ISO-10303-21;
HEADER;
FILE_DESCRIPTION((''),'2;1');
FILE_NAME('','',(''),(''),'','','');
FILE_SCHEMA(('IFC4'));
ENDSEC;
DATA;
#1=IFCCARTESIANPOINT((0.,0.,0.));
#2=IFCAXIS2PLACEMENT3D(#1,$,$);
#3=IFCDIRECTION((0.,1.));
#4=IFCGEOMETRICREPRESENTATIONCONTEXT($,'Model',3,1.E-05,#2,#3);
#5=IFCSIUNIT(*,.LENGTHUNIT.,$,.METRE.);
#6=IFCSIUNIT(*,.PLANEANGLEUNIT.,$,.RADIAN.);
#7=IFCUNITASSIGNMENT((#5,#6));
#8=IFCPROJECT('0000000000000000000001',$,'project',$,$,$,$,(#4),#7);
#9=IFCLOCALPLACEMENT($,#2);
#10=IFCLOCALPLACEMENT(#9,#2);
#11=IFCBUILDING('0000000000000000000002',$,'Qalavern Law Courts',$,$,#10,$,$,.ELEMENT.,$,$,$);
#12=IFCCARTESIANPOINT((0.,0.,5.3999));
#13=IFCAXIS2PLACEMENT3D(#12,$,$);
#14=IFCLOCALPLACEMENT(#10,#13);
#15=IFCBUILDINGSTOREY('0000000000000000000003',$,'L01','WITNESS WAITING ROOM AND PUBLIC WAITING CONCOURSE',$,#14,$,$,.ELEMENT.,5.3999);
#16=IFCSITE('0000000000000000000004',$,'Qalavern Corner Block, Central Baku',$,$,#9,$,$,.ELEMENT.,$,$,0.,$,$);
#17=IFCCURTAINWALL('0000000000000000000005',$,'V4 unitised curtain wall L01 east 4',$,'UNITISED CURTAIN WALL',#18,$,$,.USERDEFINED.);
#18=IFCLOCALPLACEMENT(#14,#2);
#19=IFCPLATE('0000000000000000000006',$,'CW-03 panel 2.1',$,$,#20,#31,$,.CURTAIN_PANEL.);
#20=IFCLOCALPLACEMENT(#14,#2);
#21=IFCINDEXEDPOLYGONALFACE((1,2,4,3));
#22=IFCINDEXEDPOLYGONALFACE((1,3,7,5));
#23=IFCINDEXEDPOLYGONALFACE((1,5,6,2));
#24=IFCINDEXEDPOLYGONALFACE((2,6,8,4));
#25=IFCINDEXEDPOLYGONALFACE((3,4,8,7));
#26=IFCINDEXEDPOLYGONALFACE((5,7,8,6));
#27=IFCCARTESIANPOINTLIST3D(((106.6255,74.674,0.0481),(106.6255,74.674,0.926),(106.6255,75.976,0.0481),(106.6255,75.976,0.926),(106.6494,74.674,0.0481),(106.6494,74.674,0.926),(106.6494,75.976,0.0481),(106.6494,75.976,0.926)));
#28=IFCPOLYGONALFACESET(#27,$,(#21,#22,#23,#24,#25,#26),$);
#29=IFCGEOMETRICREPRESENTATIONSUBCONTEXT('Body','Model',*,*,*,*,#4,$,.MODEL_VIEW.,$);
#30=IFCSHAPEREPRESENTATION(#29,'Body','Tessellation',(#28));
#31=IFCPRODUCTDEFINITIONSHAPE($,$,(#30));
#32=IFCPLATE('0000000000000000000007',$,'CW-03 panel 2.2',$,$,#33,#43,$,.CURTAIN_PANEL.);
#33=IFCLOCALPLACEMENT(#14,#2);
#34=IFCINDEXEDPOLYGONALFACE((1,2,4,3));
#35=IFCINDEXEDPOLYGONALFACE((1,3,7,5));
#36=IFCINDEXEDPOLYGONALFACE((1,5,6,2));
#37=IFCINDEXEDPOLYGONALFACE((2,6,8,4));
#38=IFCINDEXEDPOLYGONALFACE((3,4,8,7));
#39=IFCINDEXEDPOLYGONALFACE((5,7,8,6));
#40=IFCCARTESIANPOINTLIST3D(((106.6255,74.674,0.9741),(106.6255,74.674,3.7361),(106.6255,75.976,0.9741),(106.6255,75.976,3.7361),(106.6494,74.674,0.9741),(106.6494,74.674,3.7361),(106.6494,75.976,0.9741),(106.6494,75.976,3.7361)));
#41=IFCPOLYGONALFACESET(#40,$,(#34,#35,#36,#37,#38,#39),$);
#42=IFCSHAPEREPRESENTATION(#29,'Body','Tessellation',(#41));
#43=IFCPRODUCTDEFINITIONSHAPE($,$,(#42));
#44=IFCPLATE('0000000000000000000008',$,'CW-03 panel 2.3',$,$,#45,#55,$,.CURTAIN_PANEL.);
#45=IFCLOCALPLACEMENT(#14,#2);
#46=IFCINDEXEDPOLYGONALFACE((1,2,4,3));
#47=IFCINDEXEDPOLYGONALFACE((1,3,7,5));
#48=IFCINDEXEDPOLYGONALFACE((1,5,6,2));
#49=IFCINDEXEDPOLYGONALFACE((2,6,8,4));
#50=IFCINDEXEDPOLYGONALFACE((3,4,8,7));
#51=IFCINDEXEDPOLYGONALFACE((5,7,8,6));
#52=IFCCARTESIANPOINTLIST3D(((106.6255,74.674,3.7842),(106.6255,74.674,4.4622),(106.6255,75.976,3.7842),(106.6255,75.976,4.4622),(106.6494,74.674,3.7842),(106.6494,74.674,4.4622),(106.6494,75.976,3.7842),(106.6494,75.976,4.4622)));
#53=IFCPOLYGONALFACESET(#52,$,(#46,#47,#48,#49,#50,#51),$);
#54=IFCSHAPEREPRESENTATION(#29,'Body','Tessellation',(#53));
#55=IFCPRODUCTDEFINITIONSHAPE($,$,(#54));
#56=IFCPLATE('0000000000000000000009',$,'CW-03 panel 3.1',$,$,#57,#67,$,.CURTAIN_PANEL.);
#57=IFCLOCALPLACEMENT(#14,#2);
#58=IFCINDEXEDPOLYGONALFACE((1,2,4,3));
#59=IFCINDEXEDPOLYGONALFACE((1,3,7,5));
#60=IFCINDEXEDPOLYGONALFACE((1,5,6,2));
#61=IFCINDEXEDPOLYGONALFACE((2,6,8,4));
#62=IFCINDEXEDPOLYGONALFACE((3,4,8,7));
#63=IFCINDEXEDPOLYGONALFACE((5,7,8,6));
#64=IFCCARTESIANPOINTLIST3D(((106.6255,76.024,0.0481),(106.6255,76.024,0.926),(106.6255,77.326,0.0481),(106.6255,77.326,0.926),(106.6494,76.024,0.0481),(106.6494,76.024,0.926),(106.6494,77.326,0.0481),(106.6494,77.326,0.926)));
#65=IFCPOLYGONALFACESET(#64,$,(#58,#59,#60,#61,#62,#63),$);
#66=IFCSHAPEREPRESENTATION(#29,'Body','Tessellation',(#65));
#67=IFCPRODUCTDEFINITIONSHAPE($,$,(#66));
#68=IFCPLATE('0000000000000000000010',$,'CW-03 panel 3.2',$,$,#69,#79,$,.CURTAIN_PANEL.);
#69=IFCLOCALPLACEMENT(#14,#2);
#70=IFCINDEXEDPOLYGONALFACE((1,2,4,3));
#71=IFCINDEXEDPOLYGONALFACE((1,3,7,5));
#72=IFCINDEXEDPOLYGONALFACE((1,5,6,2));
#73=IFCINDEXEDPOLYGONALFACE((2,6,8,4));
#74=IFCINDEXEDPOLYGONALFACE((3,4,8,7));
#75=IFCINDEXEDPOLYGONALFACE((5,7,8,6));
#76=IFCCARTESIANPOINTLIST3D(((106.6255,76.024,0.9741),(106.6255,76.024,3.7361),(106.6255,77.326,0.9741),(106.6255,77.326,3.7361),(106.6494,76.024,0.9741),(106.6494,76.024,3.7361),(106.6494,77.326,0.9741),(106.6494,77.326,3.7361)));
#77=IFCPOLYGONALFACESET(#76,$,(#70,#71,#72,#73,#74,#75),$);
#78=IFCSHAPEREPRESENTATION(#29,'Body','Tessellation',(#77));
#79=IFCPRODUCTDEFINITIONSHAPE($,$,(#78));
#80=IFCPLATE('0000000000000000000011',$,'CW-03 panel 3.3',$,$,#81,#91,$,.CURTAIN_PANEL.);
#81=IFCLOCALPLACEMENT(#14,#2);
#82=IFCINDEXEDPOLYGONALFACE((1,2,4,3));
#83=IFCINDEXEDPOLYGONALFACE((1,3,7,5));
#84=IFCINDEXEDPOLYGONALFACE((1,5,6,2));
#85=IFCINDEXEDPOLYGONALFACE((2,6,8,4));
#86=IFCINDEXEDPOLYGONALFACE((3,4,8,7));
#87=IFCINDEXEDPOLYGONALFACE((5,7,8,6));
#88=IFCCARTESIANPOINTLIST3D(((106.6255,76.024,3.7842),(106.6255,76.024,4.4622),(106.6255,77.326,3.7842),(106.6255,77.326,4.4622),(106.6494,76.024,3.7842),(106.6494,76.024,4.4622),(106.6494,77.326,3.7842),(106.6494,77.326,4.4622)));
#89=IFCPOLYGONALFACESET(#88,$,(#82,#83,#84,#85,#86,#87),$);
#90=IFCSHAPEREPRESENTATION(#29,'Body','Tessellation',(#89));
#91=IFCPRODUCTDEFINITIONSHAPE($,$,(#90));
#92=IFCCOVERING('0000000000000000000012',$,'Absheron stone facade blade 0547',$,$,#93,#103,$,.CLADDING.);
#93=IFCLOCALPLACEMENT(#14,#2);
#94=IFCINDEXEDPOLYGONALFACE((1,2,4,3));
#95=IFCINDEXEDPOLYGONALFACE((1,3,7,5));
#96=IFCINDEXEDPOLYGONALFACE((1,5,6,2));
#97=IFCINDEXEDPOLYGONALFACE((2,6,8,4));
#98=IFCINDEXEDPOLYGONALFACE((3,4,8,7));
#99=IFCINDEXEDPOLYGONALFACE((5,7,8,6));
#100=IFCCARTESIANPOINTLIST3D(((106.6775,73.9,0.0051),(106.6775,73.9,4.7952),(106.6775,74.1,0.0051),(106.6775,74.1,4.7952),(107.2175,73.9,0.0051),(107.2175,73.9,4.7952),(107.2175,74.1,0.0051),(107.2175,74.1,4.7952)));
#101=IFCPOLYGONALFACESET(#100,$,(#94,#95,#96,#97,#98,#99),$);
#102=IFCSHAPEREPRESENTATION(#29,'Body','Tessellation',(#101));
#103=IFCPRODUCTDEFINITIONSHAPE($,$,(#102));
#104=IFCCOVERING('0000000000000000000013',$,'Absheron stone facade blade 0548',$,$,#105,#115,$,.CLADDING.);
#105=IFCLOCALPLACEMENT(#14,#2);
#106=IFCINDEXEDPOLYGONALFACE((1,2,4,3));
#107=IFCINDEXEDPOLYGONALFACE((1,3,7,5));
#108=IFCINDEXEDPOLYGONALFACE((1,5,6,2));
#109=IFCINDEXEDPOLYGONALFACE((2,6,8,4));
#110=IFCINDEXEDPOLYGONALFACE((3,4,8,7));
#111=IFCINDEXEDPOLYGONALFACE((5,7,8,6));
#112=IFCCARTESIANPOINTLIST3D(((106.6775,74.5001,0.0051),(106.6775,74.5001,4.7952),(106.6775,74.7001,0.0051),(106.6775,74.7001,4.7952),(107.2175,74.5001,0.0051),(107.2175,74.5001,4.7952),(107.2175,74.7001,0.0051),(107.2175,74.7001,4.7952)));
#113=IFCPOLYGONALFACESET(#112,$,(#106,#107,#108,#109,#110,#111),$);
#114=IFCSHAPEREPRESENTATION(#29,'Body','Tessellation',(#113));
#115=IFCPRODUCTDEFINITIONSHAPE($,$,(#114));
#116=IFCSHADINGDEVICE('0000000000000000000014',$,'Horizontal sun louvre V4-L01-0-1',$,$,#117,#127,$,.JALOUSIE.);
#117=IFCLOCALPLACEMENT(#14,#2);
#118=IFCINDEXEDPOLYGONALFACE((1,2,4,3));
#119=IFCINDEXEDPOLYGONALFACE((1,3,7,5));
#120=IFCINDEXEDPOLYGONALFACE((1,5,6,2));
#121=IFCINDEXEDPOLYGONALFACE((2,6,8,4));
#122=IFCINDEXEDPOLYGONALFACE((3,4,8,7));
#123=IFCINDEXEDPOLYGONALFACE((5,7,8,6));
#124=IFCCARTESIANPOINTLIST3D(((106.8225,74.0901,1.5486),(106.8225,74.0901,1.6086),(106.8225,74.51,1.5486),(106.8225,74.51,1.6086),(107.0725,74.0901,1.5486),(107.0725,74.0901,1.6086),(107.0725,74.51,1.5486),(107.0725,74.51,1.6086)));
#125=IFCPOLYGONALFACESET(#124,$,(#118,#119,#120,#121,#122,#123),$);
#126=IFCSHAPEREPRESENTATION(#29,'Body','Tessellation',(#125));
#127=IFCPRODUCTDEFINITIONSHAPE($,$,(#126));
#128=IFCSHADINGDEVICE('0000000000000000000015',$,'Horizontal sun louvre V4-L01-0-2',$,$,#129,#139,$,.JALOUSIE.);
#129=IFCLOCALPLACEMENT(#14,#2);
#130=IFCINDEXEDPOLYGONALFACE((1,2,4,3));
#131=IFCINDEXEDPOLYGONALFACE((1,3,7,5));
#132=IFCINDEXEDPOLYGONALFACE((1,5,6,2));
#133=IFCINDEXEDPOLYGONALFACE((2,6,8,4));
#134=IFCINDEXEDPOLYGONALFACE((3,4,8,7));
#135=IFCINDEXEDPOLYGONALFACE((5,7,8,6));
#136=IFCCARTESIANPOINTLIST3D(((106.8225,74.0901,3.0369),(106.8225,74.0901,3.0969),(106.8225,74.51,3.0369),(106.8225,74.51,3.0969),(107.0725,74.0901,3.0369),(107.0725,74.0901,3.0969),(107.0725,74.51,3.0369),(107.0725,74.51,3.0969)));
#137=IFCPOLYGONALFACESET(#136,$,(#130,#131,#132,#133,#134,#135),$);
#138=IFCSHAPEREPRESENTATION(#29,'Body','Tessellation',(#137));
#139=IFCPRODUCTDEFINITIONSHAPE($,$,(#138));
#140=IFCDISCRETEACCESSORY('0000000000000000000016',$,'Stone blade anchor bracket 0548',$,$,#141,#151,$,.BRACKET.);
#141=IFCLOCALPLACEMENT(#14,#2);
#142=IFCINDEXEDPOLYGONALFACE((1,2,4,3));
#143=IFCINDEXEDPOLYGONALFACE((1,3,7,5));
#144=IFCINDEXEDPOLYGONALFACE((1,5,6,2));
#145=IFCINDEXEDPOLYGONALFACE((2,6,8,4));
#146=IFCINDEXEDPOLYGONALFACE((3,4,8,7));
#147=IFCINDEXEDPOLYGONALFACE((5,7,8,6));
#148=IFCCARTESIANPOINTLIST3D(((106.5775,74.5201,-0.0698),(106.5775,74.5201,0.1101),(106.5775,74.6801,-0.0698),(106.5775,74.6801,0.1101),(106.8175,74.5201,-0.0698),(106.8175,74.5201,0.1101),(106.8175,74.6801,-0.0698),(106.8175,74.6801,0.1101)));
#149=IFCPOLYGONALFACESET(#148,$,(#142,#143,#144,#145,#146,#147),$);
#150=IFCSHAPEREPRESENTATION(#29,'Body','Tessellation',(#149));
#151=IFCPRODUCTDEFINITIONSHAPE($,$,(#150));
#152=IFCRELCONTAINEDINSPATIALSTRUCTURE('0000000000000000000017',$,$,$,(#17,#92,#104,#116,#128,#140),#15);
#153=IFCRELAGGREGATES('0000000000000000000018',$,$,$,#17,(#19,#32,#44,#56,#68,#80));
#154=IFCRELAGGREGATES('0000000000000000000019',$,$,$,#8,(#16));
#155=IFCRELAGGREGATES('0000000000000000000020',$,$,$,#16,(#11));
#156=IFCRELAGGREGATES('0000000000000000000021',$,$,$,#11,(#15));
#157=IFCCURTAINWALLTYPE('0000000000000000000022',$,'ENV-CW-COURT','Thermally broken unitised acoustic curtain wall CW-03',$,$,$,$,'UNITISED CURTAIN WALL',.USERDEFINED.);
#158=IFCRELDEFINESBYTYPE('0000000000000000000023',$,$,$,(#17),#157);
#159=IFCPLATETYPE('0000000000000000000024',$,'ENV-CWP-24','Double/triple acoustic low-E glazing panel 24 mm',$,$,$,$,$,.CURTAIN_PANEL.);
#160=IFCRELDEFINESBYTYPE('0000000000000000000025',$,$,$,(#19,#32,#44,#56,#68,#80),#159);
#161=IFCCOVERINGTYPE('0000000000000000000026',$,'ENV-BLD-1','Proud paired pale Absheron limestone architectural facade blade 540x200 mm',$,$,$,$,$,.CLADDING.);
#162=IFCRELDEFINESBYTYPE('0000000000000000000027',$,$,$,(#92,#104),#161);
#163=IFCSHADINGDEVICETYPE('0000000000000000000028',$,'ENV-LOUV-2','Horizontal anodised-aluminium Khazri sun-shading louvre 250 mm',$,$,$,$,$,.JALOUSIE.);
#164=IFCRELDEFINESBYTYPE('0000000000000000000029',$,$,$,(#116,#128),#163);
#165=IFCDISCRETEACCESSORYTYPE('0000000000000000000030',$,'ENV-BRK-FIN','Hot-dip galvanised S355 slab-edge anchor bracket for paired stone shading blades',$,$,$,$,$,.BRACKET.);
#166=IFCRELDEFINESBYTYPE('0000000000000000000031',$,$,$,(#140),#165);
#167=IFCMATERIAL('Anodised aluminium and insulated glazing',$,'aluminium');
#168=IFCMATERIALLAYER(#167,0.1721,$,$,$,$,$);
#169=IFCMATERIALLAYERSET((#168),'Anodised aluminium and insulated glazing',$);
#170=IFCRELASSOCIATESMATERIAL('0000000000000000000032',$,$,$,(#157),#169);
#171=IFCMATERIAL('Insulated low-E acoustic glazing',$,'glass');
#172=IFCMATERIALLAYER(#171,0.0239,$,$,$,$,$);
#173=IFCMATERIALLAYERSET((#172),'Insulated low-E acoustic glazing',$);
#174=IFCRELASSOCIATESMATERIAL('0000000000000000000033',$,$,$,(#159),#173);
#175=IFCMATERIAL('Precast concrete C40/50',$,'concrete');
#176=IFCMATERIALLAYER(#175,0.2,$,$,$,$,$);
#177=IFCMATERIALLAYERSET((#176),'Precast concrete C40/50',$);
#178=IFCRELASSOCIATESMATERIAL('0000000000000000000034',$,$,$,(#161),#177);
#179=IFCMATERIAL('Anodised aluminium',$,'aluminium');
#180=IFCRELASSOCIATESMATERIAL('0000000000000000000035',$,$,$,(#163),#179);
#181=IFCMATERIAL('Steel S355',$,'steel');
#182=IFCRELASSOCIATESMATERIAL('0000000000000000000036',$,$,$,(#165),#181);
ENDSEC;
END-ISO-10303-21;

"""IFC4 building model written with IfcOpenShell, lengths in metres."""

from ifc_helpers import new_model, si_unit, direction, frame, origin, origin_2d, place, context, subcontext, project, spatial, rectangle, extrude, material, layer, layer_set, type_object, element, aggregate, save


model = new_model("IFC4")

# Units and contexts
model_context = context("Model", 3, precision=1e-05, world=origin(), true_north=direction((0.0, 1.0)))
body_context = subcontext(model_context, "Body", "Model", "MODEL_VIEW")
ifc_project = project(units=[si_unit("LENGTHUNIT", "METRE"), si_unit("PLANEANGLEUNIT", "RADIAN")], contexts=[model_context])

# Site, building, storey
site_placement = place(None, origin())
site = spatial("IfcSite", under=ifc_project, at=site_placement, Name="Qalavern Corner Block, Central Baku", CompositionType="ELEMENT", RefElevation=0.0)
building_placement = place(site_placement, origin())
building = spatial("IfcBuilding", under=site, at=building_placement, Name="Qalavern Law Courts", CompositionType="ELEMENT")
storey_placement = place(building_placement, frame((0.0, 0.0, 5.3999)))
storey = spatial("IfcBuildingStorey", under=building, at=storey_placement, Name="L01", Description="WITNESS WAITING ROOM AND PUBLIC WAITING CONCOURSE", CompositionType="ELEMENT", Elevation=5.3999)

# Curtain wall, plates
ifc_material_1 = material(Name="Anodised aluminium and insulated glazing", Category="aluminium")
ifc_layer_1 = layer(ifc_material_1, 0.1721)
ifc_layer_set_1 = layer_set([ifc_layer_1], Name="Anodised aluminium and insulated glazing")
curtain_wall_type = type_object("IfcCurtainWallType", Name="ENV-CW-COURT", Description="Thermally broken unitised acoustic curtain wall CW-03", ElementType="UNITISED CURTAIN WALL", PredefinedType="USERDEFINED", material=ifc_layer_set_1)
curtain_wall_placement = place(storey_placement, origin())
curtain_wall = element("IfcCurtainWall", 1, at=curtain_wall_placement, inside=storey, type_object=curtain_wall_type, Name="V4 unitised curtain wall L01 east 4", ObjectType="UNITISED CURTAIN WALL", PredefinedType="USERDEFINED")
ifc_material_2 = material(Name="Anodised aluminium", Category="aluminium")
ifc_material_3 = material(Name="Insulated low-E acoustic glazing", Category="glass")
ifc_layer_2 = layer(ifc_material_3, 0.0239)
ifc_layer_set_2 = layer_set([ifc_layer_2], Name="Insulated low-E acoustic glazing")
plate_type = type_object("IfcPlateType", Name="ENV-CWP-24", Description="Double/triple acoustic low-E glazing panel 24 mm", PredefinedType="CURTAIN_PANEL", material=ifc_layer_set_2)
plate_1_placement = place(storey_placement, frame((106.6375, 75.325, 0.0481), z_axis=(0.0, 0.0, 1.0), x_axis=(0.0, 1.0, 0.0)))
plate_1 = element("IfcPlate", 2, at=plate_1_placement, type_object=plate_type, Name="CW-03 panel 2.1", PredefinedType="CURTAIN_PANEL", context=body_context, shape_type="SweptSolid", body=[
    extrude(rectangle(XDim=1.302, YDim=0.0239, at=origin_2d()), origin(), (0.0, 0.0, 1.0), 0.8779),
])
plate_2_placement = place(storey_placement, frame((106.6375, 75.325, 0.9741), z_axis=(0.0, 0.0, 1.0), x_axis=(0.0, 1.0, 0.0)))
plate_2 = element("IfcPlate", 3, at=plate_2_placement, type_object=plate_type, Name="CW-03 panel 2.2", PredefinedType="CURTAIN_PANEL", context=body_context, shape_type="SweptSolid", body=[
    extrude(rectangle(XDim=1.302, YDim=0.0239, at=origin_2d()), origin(), (0.0, 0.0, 1.0), 2.762),
])
plate_3_placement = place(storey_placement, frame((106.6375, 75.325, 3.7842), z_axis=(0.0, 0.0, 1.0), x_axis=(0.0, 1.0, 0.0)))
plate_3 = element("IfcPlate", 4, at=plate_3_placement, type_object=plate_type, Name="CW-03 panel 2.3", PredefinedType="CURTAIN_PANEL", context=body_context, shape_type="SweptSolid", body=[
    extrude(rectangle(XDim=1.302, YDim=0.0239, at=origin_2d()), origin(), (0.0, 0.0, 1.0), 0.678),
])
plate_4_placement = place(storey_placement, frame((106.6375, 76.675, 0.0481), z_axis=(0.0, 0.0, 1.0), x_axis=(0.0, 1.0, 0.0)))
plate_4 = element("IfcPlate", 5, at=plate_4_placement, type_object=plate_type, Name="CW-03 panel 3.1", PredefinedType="CURTAIN_PANEL", context=body_context, shape_type="SweptSolid", body=[
    extrude(rectangle(XDim=1.302, YDim=0.0239, at=origin_2d()), origin(), (0.0, 0.0, 1.0), 0.8779),
])
plate_5_placement = place(storey_placement, frame((106.6375, 76.675, 0.9741), z_axis=(0.0, 0.0, 1.0), x_axis=(0.0, 1.0, 0.0)))
plate_5 = element("IfcPlate", 6, at=plate_5_placement, type_object=plate_type, Name="CW-03 panel 3.2", PredefinedType="CURTAIN_PANEL", context=body_context, shape_type="SweptSolid", body=[
    extrude(rectangle(XDim=1.302, YDim=0.0239, at=origin_2d()), origin(), (0.0, 0.0, 1.0), 2.762),
])
plate_6_placement = place(storey_placement, frame((106.6375, 76.675, 3.7842), z_axis=(0.0, 0.0, 1.0), x_axis=(0.0, 1.0, 0.0)))
plate_6 = element("IfcPlate", 7, at=plate_6_placement, type_object=plate_type, Name="CW-03 panel 3.3", PredefinedType="CURTAIN_PANEL", context=body_context, shape_type="SweptSolid", body=[
    extrude(rectangle(XDim=1.302, YDim=0.0239, at=origin_2d()), origin(), (0.0, 0.0, 1.0), 0.678),
])
aggregate(curtain_wall, [plate_1, plate_2, plate_3, plate_4, plate_5, plate_6])

# Coverings
ifc_material_4 = material(Name="Precast concrete C40/50", Category="concrete")
ifc_layer_3 = layer(ifc_material_4, 0.2)
ifc_layer_set_3 = layer_set([ifc_layer_3], Name="Precast concrete C40/50")
covering_type = type_object("IfcCoveringType", Name="ENV-BLD-1", Description="Proud paired pale Absheron limestone architectural facade blade 540x200 mm", PredefinedType="CLADDING", material=ifc_layer_set_3)
for number, where, z_axis, x_axis, name in (
    (8, (106.9475, 74.0, 0.0051), (0.0, 0.0, 1.0), (1.0, 0.0, 0.0), "Absheron stone facade blade 0547"),
    (9, (106.9475, 74.6001, 0.0051), (0.0, 0.0, 1.0), (1.0, 0.0, 0.0), "Absheron stone facade blade 0548"),
):
    element("IfcCovering", number, at=place(storey_placement, frame(where, z_axis=z_axis, x_axis=x_axis)), inside=storey, type_object=covering_type, Name=name, PredefinedType="CLADDING", context=body_context, shape_type="SweptSolid", body=[
        extrude(rectangle(XDim=0.54, YDim=0.2, at=origin_2d()), origin(), (0.0, 0.0, 1.0), 4.79),
    ])

# Shading devices
shading_device_type = type_object("IfcShadingDeviceType", Name="ENV-LOUV-2", Description="Horizontal anodised-aluminium Khazri sun-shading louvre 250 mm", PredefinedType="JALOUSIE", material=ifc_material_2)
for number, where, z_axis, x_axis, name in (
    (10, (106.9475, 74.3, 1.5486), (0.0, 0.0, 1.0), (0.0, 1.0, 0.0), "Horizontal sun louvre V4-L01-0-1"),
    (11, (106.9475, 74.3, 3.0369), (0.0, 0.0, 1.0), (0.0, 1.0, 0.0), "Horizontal sun louvre V4-L01-0-2"),
):
    element("IfcShadingDevice", number, at=place(storey_placement, frame(where, z_axis=z_axis, x_axis=x_axis)), inside=storey, type_object=shading_device_type, Name=name, PredefinedType="JALOUSIE", context=body_context, shape_type="SweptSolid", body=[
        extrude(rectangle(XDim=0.4199, YDim=0.25, at=origin_2d()), origin(), (0.0, 0.0, 1.0), 0.0601),
    ])

# Discrete accessory
ifc_material_5 = material(Name="Steel S355", Category="steel")
discrete_accessory_type = type_object("IfcDiscreteAccessoryType", Name="ENV-BRK-FIN", Description="Hot-dip galvanised S355 slab-edge anchor bracket for paired stone shading blades", PredefinedType="BRACKET", material=ifc_material_5)
discrete_accessory_placement = place(storey_placement, frame((106.6975, 74.6001, -0.0698), z_axis=(0.0, 0.0, 1.0), x_axis=(1.0, 0.0, 0.0)))
element("IfcDiscreteAccessory", 12, at=discrete_accessory_placement, inside=storey, type_object=discrete_accessory_type, Name="Stone blade anchor bracket 0548", PredefinedType="BRACKET", context=body_context, shape_type="SweptSolid", body=[
    extrude(rectangle(XDim=0.24, YDim=0.1599, at=origin_2d()), origin(), (0.0, 0.0, 1.0), 0.1799),
])

save(model, "model.ifc")
